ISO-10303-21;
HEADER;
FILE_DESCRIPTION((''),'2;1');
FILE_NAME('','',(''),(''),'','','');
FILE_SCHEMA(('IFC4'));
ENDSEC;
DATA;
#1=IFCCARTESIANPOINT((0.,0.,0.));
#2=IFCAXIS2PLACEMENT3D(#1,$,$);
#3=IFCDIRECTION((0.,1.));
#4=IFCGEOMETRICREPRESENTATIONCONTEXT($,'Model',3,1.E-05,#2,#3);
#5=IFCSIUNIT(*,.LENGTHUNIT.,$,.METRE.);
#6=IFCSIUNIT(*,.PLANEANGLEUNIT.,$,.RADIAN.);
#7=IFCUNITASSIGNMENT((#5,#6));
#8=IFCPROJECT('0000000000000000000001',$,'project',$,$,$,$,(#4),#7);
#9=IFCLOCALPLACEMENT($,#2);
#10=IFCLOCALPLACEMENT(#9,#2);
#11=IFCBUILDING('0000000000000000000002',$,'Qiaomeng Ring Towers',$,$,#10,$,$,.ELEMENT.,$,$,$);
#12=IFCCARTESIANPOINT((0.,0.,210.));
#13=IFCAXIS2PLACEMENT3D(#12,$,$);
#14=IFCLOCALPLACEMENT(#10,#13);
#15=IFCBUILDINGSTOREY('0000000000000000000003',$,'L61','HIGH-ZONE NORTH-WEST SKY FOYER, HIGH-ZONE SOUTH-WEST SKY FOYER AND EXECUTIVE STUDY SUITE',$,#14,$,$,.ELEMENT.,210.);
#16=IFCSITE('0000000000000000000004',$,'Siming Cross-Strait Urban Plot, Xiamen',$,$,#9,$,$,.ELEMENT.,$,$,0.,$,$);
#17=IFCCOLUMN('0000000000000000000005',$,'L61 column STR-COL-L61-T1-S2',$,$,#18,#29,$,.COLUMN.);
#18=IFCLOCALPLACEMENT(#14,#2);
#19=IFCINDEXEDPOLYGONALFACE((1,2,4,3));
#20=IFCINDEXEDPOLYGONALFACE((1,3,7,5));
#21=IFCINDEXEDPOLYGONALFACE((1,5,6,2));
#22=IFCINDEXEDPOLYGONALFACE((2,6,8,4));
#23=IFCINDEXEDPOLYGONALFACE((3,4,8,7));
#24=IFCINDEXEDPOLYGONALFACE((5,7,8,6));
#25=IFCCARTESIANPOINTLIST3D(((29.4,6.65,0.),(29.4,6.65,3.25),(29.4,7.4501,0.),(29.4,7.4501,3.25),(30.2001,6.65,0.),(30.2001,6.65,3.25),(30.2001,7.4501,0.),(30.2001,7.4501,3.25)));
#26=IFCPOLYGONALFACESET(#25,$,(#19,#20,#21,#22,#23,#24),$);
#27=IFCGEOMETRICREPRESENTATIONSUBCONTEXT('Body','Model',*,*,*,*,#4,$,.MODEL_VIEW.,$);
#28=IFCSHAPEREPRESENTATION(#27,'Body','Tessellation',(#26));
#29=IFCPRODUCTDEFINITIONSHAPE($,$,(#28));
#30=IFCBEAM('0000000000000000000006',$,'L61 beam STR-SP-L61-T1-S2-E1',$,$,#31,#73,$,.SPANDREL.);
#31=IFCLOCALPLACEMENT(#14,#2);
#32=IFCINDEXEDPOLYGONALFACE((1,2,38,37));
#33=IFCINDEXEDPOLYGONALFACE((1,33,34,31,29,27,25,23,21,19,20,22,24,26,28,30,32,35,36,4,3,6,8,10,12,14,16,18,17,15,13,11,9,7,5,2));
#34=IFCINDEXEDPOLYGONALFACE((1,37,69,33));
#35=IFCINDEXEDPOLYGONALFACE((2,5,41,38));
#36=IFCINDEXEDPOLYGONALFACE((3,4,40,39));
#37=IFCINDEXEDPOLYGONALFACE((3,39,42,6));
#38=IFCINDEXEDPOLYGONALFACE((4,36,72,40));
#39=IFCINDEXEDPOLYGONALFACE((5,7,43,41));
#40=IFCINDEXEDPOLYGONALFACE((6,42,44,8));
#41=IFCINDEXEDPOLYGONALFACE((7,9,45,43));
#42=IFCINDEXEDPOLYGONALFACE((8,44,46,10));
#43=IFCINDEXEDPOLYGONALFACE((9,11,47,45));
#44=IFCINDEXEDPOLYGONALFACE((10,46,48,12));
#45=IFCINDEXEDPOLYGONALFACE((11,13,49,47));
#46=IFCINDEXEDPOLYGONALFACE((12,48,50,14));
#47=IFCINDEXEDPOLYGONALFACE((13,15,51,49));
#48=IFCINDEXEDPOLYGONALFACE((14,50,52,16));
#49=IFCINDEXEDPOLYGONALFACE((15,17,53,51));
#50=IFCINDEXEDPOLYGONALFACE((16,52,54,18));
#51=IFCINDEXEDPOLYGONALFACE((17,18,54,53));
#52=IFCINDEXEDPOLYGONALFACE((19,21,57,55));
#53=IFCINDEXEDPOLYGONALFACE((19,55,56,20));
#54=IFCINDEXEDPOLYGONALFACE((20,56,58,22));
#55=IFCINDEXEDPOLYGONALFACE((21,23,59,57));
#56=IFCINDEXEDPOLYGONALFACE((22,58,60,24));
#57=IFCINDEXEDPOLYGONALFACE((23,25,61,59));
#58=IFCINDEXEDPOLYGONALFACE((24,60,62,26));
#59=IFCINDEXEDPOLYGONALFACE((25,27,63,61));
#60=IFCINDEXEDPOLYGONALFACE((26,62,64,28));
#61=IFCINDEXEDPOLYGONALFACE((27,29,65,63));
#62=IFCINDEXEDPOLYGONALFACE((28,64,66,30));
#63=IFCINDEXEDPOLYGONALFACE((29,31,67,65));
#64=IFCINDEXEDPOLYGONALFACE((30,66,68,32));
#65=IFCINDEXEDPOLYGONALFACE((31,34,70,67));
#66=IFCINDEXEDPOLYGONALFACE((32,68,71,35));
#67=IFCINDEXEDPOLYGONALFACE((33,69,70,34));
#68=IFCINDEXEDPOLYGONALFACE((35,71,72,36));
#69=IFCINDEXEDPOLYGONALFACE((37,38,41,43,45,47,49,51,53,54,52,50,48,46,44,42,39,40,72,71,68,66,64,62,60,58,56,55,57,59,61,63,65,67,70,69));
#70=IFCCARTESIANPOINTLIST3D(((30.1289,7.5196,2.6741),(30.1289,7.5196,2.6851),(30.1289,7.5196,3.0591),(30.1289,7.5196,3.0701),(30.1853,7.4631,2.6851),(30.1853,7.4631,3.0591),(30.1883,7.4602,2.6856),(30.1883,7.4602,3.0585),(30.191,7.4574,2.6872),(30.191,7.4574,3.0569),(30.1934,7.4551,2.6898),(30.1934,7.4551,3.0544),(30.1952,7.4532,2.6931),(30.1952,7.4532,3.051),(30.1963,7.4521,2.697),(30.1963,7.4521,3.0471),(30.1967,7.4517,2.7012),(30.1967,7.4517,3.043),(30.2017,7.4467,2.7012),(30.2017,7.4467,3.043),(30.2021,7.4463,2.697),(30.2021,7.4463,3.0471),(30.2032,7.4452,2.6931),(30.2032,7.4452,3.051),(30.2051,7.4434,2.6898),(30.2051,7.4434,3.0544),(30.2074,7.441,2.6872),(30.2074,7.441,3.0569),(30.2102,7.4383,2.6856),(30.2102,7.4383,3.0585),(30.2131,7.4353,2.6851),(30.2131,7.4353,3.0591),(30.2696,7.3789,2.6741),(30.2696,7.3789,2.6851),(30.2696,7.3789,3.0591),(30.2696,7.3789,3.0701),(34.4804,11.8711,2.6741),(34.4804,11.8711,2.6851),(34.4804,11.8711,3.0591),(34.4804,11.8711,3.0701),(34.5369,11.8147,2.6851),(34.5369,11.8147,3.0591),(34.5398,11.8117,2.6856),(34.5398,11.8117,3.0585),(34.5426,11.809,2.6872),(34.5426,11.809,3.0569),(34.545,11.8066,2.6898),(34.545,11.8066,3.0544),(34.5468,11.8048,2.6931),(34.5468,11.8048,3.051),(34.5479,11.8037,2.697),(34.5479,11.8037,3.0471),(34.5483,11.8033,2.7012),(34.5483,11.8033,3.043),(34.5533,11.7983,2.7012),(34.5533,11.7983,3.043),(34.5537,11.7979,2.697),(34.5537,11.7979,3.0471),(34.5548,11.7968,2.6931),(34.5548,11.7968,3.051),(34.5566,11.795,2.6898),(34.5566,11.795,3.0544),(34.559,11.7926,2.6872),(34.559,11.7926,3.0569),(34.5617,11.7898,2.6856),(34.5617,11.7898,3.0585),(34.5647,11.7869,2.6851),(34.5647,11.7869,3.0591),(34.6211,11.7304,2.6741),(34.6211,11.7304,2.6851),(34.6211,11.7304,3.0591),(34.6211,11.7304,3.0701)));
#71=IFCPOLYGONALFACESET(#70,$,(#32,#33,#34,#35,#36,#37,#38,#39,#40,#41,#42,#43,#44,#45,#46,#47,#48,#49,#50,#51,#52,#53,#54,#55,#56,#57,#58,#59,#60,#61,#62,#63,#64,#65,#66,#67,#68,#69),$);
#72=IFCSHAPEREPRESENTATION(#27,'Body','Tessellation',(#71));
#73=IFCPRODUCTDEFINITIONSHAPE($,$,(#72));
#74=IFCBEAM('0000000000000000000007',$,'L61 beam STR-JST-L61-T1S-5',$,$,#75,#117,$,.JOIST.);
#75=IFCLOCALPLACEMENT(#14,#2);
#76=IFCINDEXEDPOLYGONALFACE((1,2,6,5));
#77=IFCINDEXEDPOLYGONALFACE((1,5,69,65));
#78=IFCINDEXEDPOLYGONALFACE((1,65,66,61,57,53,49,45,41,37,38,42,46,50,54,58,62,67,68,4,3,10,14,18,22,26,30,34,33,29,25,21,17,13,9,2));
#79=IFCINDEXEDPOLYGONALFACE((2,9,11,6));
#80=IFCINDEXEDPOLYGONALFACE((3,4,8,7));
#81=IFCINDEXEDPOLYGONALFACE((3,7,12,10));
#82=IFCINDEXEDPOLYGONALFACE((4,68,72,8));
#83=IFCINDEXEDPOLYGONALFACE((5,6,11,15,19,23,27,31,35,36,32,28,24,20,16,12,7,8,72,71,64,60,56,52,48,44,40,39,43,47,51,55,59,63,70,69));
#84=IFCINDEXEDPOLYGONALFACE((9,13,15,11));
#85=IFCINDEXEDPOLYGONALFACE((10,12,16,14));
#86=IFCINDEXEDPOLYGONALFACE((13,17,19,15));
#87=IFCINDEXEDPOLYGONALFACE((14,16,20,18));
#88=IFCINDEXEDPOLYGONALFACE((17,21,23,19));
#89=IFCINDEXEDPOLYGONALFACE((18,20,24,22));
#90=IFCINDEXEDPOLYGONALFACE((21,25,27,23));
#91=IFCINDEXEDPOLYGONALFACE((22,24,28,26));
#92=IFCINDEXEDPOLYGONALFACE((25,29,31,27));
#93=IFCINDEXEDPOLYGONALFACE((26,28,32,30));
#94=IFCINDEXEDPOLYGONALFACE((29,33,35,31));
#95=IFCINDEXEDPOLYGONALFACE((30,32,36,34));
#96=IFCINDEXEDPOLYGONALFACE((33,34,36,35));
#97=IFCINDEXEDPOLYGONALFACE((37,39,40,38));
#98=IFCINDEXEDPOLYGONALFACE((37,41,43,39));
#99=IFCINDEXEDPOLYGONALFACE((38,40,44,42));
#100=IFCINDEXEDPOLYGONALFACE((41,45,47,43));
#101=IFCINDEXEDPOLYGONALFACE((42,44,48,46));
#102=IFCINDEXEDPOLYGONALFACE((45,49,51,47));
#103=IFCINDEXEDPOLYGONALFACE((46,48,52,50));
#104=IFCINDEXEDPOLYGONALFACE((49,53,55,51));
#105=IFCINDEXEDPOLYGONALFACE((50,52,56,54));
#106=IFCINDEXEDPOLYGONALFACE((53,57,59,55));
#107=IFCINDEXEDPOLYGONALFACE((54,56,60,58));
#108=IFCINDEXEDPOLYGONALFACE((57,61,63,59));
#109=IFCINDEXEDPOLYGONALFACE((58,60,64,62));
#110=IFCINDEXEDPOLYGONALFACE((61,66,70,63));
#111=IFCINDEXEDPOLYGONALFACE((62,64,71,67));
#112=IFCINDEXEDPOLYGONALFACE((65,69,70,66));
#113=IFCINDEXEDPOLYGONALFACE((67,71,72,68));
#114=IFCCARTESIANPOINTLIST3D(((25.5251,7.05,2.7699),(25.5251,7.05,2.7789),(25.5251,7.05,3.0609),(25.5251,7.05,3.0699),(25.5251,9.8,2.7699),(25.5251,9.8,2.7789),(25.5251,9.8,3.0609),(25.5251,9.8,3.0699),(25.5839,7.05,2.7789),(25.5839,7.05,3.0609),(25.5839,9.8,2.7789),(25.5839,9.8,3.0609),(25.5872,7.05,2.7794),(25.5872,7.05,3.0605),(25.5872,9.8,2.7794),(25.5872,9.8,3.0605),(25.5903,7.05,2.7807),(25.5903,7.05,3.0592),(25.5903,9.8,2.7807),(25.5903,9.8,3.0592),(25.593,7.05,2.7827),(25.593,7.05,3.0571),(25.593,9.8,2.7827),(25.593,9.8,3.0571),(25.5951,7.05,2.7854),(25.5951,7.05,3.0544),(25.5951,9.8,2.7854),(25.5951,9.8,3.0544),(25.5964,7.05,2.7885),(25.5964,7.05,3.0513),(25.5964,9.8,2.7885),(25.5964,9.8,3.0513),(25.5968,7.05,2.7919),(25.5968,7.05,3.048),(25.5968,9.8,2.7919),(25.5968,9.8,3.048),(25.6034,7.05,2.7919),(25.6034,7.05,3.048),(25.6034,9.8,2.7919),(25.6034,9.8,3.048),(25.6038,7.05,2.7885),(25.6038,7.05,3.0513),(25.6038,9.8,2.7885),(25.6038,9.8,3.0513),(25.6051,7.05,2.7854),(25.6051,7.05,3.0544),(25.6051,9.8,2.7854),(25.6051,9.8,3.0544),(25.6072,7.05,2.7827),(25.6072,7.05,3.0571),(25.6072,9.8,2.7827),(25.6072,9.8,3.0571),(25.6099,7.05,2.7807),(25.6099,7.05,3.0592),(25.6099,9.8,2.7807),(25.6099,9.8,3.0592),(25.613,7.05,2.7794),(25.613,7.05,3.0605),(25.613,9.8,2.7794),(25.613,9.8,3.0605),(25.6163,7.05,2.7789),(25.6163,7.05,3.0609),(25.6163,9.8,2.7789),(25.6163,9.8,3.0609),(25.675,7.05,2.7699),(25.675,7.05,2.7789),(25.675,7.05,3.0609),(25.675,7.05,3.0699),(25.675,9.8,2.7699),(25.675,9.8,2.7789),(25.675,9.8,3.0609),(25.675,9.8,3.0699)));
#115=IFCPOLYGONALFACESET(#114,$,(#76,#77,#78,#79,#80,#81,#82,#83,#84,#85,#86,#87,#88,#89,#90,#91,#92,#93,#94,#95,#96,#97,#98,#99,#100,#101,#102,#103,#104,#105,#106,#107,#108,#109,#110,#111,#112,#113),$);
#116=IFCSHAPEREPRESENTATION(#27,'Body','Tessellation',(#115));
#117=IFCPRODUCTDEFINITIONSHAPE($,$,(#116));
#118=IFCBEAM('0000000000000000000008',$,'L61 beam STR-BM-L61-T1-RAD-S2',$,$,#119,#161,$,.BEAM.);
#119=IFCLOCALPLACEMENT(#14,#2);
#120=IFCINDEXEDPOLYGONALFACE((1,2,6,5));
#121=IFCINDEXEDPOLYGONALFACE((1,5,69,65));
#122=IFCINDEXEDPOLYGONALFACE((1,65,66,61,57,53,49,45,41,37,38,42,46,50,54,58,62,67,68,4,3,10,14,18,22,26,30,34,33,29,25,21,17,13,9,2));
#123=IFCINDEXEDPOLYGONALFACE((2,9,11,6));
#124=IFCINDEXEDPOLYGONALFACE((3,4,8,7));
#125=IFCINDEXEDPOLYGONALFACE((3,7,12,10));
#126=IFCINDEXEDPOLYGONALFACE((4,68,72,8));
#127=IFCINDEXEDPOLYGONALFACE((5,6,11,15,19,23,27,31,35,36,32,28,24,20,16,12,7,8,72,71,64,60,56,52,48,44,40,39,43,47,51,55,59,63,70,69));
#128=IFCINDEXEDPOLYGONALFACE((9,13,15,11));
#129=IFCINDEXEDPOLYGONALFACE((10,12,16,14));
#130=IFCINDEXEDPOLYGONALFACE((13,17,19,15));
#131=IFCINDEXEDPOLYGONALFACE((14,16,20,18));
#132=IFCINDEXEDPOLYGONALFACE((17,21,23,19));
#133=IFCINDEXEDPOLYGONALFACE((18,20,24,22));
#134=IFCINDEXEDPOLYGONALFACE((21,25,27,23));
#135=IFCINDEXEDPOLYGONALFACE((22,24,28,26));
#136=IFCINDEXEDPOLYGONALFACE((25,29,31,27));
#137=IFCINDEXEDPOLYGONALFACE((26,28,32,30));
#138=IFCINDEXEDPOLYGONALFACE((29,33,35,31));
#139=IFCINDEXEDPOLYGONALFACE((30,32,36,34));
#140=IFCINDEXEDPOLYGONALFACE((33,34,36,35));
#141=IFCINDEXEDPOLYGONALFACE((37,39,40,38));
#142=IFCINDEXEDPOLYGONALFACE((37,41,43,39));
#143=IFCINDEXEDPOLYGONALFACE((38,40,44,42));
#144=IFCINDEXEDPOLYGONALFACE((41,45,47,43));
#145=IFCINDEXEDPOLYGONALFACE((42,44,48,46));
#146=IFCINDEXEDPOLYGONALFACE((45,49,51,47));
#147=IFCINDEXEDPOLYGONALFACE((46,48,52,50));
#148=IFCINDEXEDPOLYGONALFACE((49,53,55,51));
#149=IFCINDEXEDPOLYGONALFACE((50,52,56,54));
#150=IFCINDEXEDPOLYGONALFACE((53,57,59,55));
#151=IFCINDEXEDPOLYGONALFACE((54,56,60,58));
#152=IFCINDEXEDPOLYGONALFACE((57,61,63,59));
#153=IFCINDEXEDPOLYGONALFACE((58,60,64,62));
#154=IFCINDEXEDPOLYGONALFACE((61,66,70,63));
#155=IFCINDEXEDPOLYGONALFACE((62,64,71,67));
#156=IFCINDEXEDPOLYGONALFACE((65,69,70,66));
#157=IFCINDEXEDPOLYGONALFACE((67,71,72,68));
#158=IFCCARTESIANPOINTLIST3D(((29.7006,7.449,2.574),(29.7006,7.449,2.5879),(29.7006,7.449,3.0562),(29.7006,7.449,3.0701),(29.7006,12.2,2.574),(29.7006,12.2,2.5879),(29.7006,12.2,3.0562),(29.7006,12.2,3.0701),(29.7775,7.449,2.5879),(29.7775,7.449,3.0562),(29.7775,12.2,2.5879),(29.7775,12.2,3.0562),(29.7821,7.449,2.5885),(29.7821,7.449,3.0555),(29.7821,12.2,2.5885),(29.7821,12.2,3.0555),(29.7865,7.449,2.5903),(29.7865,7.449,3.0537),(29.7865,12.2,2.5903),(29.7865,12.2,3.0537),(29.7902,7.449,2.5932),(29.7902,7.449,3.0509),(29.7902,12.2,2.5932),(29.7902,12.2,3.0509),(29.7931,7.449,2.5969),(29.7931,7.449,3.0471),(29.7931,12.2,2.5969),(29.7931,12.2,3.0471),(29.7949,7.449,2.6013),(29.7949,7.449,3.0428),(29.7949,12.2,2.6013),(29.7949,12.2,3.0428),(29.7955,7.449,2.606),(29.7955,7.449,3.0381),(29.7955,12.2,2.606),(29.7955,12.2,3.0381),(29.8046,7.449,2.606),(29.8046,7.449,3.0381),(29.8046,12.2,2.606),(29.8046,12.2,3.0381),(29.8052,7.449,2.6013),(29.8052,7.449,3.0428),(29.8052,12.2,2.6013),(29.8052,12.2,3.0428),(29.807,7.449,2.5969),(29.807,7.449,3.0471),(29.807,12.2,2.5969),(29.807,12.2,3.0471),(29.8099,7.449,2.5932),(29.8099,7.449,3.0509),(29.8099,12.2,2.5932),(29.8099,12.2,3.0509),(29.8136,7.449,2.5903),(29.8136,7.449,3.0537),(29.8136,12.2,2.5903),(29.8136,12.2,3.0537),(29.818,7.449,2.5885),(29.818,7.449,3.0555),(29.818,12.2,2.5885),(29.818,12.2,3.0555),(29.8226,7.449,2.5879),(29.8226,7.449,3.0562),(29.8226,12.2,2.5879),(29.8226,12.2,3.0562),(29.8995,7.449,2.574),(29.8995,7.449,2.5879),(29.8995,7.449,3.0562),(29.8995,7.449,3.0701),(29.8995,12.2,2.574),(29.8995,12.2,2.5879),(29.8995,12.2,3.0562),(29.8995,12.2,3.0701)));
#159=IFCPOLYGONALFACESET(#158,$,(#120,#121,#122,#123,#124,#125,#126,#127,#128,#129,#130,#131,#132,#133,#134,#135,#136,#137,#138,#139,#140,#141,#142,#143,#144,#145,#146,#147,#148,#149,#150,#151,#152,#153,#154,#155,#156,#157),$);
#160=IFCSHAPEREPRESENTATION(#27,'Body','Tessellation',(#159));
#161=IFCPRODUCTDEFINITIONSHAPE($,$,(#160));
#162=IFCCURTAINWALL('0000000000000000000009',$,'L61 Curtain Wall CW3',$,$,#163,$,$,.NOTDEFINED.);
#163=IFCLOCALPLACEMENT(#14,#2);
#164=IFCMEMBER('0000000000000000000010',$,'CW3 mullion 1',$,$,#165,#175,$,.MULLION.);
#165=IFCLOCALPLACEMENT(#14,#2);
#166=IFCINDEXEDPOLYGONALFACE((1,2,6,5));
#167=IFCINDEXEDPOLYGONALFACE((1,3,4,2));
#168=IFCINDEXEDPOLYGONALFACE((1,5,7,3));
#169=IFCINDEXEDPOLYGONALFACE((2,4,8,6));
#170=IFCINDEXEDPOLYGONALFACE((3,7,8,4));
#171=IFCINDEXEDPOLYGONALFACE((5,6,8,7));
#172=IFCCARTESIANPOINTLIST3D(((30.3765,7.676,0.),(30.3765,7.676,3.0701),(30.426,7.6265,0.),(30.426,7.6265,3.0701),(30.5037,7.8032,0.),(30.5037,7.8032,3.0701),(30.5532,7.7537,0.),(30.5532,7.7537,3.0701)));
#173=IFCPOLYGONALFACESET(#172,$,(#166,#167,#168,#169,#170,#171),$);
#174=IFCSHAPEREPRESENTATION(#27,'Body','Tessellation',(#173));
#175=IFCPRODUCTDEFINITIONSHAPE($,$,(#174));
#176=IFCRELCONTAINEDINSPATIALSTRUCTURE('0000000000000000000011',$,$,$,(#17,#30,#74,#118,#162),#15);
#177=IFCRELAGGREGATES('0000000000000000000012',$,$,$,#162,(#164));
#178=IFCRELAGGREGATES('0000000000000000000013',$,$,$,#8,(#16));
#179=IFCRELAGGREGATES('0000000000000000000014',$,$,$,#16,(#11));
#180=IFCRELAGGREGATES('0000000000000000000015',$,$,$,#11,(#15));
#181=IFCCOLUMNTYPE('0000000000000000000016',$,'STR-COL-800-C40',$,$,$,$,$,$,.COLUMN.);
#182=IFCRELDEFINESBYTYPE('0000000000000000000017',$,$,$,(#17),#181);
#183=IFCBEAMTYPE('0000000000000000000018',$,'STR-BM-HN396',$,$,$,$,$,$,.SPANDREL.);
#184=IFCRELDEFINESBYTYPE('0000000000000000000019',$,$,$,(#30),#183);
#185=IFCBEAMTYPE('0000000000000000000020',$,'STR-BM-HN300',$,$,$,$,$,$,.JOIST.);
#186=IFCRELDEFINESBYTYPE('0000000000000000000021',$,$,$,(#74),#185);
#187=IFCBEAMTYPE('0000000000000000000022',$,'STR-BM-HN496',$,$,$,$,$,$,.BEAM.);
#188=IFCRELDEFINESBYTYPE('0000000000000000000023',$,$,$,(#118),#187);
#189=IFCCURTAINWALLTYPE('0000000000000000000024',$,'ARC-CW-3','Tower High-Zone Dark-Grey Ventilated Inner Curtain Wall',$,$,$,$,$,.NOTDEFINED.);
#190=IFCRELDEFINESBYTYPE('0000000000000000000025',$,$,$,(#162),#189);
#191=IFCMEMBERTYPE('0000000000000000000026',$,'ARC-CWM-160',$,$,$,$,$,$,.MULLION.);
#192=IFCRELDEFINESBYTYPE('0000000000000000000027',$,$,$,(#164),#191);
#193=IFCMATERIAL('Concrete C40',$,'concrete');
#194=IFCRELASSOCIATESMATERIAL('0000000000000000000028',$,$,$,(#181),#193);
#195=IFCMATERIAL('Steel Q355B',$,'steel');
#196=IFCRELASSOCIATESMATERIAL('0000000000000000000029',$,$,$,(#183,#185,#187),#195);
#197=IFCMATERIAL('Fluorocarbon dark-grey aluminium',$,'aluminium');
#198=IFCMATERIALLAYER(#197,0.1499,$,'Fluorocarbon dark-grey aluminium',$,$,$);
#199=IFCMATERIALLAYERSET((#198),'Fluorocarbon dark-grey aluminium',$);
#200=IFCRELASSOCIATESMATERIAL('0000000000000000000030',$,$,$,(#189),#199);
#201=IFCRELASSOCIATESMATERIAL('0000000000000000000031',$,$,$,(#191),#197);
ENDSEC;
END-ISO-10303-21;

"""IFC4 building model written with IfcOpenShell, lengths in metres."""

from ifc_helpers import new_model, si_unit, direction, frame, origin, origin_2d, place, context, subcontext, project, spatial, rectangle, i_section, extrude, source, transform, mapped, material, layer, layer_set, material_profile, profile_set, type_object, element, aggregate, save


model = new_model("IFC4")

# Units and contexts
model_context = context("Model", 3, precision=1e-05, world=origin(), true_north=direction((0.0, 1.0)))
body_context = subcontext(model_context, "Body", "Model", "MODEL_VIEW")
ifc_project = project(units=[si_unit("LENGTHUNIT", "METRE"), si_unit("PLANEANGLEUNIT", "RADIAN")], contexts=[model_context])

# Site, building, storey
site_placement = place(None, origin())
site = spatial("IfcSite", under=ifc_project, at=site_placement, Name="Siming Cross-Strait Urban Plot, Xiamen", CompositionType="ELEMENT", RefElevation=0.0)
building_placement = place(site_placement, origin())
building = spatial("IfcBuilding", under=site, at=building_placement, Name="Qiaomeng Ring Towers", CompositionType="ELEMENT")
storey_placement = place(building_placement, frame((0.0, 0.0, 210.0)))
storey = spatial("IfcBuildingStorey", under=building, at=storey_placement, Name="L61", Description="HIGH-ZONE NORTH-WEST SKY FOYER, HIGH-ZONE SOUTH-WEST SKY FOYER AND EXECUTIVE STUDY SUITE", CompositionType="ELEMENT", Elevation=210.0)

# Column
ifc_material_1 = material(Name="Concrete C40", Category="concrete")
ifc_material_profile_1 = material_profile(ifc_material_1, rectangle(XDim=0.8, YDim=0.8, at=origin_2d()), Name="RC COL 800x800")
ifc_profile_set_1 = profile_set([ifc_material_profile_1], Name="Concrete C40")
column_type = type_object("IfcColumnType", Name="STR-COL-800-C40", PredefinedType="COLUMN", material=ifc_profile_set_1)
shared_shape_1 = source(origin(), body_context, "Body", "SweptSolid", [
    extrude(rectangle(XDim=0.8, YDim=0.8, at=origin_2d()), origin(), (0.0, 0.0, 1.0), 3.25),
])
column_placement = place(storey_placement, frame((29.8, 7.05, 0.0), z_axis=(0.0, 0.0, 1.0), x_axis=(1.0, 0.0, 0.0)))
element("IfcColumn", 1, at=column_placement, inside=storey, type_object=column_type, Name="L61 column STR-COL-L61-T1-S2", PredefinedType="COLUMN", context=body_context, shape_type="MappedRepresentation", body=[
    mapped(shared_shape_1, transform((0.0, 0.0, 0.0), x_axis=(1.0, 0.0, 0.0), y_axis=(0.0, 1.0, 0.0), z_axis=(0.0, 0.0, 1.0), scale=1.0)),
])

# Beams
ifc_material_2 = material(Name="Steel Q355B", Category="steel")
ifc_material_profile_2 = material_profile(ifc_material_2, i_section(OverallWidth=0.199, OverallDepth=0.396, WebThickness=0.0071, FlangeThickness=0.011, FilletRadius=0.0161, at=origin_2d()), Name="HN 396x199x7x11")
ifc_profile_set_2 = profile_set([ifc_material_profile_2], Name="Steel Q355B")
beam_type_1 = type_object("IfcBeamType", Name="STR-BM-HN396", PredefinedType="SPANDREL", material=ifc_profile_set_2)
shared_shape_2 = source(origin(), body_context, "Body", "SweptSolid", [
    extrude(i_section(OverallWidth=0.199, OverallDepth=0.396, WebThickness=0.0071, FlangeThickness=0.011, FilletRadius=0.0161, at=origin_2d()), origin(), (0.0, 0.0, 1.0), 6.1541),
])
beam_1_placement = place(storey_placement, frame((30.1992, 7.4492, 2.8721), z_axis=(0.707107, 0.707107, 0.0), x_axis=(-0.707107, 0.707107, 0.0)))
element("IfcBeam", 2, at=beam_1_placement, inside=storey, type_object=beam_type_1, Name="L61 beam STR-SP-L61-T1-S2-E1", PredefinedType="SPANDREL", context=body_context, shape_type="MappedRepresentation", body=[
    mapped(shared_shape_2, transform((0.0, 0.0, 0.0), x_axis=(1.0, 0.0, 0.0), y_axis=(0.0, 1.0, 0.0), z_axis=(0.0, 0.0, 1.0), scale=1.0)),
])
ifc_material_profile_3 = material_profile(ifc_material_2, i_section(OverallWidth=0.1499, OverallDepth=0.3, WebThickness=0.0066, FlangeThickness=0.009, FilletRadius=0.0129, at=origin_2d()), Name="HN 300x150x6.5x9")
ifc_profile_set_3 = profile_set([ifc_material_profile_3], Name="Steel Q355B")
beam_type_2 = type_object("IfcBeamType", Name="STR-BM-HN300", PredefinedType="JOIST", material=ifc_profile_set_3)
shared_shape_3 = source(origin(), body_context, "Body", "SweptSolid", [
    extrude(i_section(OverallWidth=0.1499, OverallDepth=0.3, WebThickness=0.0066, FlangeThickness=0.009, FilletRadius=0.0129, at=origin_2d()), origin(), (0.0, 0.0, 1.0), 2.75),
])
beam_2_placement = place(storey_placement, frame((25.6001, 7.05, 2.9199), z_axis=(0.0, 1.0, 0.0), x_axis=(-1.0, 0.0, 0.0)))
element("IfcBeam", 3, at=beam_2_placement, inside=storey, type_object=beam_type_2, Name="L61 beam STR-JST-L61-T1S-5", PredefinedType="JOIST", context=body_context, shape_type="MappedRepresentation", body=[
    mapped(shared_shape_3, transform((0.0, 0.0, 0.0), x_axis=(1.0, 0.0, 0.0), y_axis=(0.0, 1.0, 0.0), z_axis=(0.0, 0.0, 1.0), scale=1.0)),
])
ifc_material_profile_4 = material_profile(ifc_material_2, i_section(OverallWidth=0.199, OverallDepth=0.4961, WebThickness=0.009, FlangeThickness=0.0139, FilletRadius=0.0181, at=origin_2d()), Name="HN 496x199x9x14")
ifc_profile_set_4 = profile_set([ifc_material_profile_4], Name="Steel Q355B")
beam_type_3 = type_object("IfcBeamType", Name="STR-BM-HN496", PredefinedType="BEAM", material=ifc_profile_set_4)
shared_shape_4 = source(origin(), body_context, "Body", "SweptSolid", [
    extrude(i_section(OverallWidth=0.199, OverallDepth=0.4961, WebThickness=0.009, FlangeThickness=0.0139, FilletRadius=0.0181, at=origin_2d()), origin(), (0.0, 0.0, 1.0), 4.751),
])
beam_3_placement = place(storey_placement, frame((29.8, 7.449, 2.822), z_axis=(0.0, 1.0, 0.0), x_axis=(-1.0, 0.0, 0.0)))
element("IfcBeam", 4, at=beam_3_placement, inside=storey, type_object=beam_type_3, Name="L61 beam STR-BM-L61-T1-RAD-S2", PredefinedType="BEAM", context=body_context, shape_type="MappedRepresentation", body=[
    mapped(shared_shape_4, transform((0.0, 0.0, 0.0), x_axis=(1.0, 0.0, 0.0), y_axis=(0.0, 1.0, 0.0), z_axis=(0.0, 0.0, 1.0), scale=1.0)),
])

# Curtain wall, member
ifc_material_3 = material(Name="Fluorocarbon dark-grey aluminium", Category="aluminium")
ifc_layer_1 = layer(ifc_material_3, 0.1499, Name="Fluorocarbon dark-grey aluminium")
ifc_layer_set_1 = layer_set([ifc_layer_1], Name="Fluorocarbon dark-grey aluminium")
curtain_wall_type = type_object("IfcCurtainWallType", Name="ARC-CW-3", Description="Tower High-Zone Dark-Grey Ventilated Inner Curtain Wall", PredefinedType="NOTDEFINED", material=ifc_layer_set_1)
curtain_wall_placement = place(storey_placement, origin())
curtain_wall = element("IfcCurtainWall", 5, at=curtain_wall_placement, inside=storey, type_object=curtain_wall_type, Name="L61 Curtain Wall CW3", PredefinedType="NOTDEFINED")
ifc_material_profile_5 = material_profile(ifc_material_3, rectangle(XDim=0.0701, YDim=0.1799, at=origin_2d()), Name="ALU MULL 70x180")
ifc_profile_set_5 = profile_set([ifc_material_profile_5], Name="Fluorocarbon dark-grey aluminium")
member_type_1 = type_object("IfcMemberType", Name="ARC-CWM-160", PredefinedType="MULLION", material=ifc_profile_set_5)
shared_shape_5 = source(origin(), body_context, "Body", "SweptSolid", [
    extrude(rectangle(XDim=0.0701, YDim=0.1799, at=origin_2d()), origin(), (0.0, 0.0, 1.0), 3.0701),
])
member_1_placement = place(storey_placement, frame((30.4648, 7.7148, 0.0), z_axis=(0.0, 0.0, 1.0), x_axis=(-0.707107, 0.707107, 0.0)))
member_1 = element("IfcMember", 6, at=member_1_placement, type_object=member_type_1, Name="CW3 mullion 1", PredefinedType="MULLION", context=body_context, shape_type="MappedRepresentation", body=[
    mapped(shared_shape_5, transform((0.0, 0.0, 0.0), x_axis=(1.0, 0.0, 0.0), y_axis=(0.0, 1.0, 0.0), z_axis=(0.0, 0.0, 1.0), scale=1.0)),
])
aggregate(curtain_wall, [member_1])

save(model, "model.ifc")
